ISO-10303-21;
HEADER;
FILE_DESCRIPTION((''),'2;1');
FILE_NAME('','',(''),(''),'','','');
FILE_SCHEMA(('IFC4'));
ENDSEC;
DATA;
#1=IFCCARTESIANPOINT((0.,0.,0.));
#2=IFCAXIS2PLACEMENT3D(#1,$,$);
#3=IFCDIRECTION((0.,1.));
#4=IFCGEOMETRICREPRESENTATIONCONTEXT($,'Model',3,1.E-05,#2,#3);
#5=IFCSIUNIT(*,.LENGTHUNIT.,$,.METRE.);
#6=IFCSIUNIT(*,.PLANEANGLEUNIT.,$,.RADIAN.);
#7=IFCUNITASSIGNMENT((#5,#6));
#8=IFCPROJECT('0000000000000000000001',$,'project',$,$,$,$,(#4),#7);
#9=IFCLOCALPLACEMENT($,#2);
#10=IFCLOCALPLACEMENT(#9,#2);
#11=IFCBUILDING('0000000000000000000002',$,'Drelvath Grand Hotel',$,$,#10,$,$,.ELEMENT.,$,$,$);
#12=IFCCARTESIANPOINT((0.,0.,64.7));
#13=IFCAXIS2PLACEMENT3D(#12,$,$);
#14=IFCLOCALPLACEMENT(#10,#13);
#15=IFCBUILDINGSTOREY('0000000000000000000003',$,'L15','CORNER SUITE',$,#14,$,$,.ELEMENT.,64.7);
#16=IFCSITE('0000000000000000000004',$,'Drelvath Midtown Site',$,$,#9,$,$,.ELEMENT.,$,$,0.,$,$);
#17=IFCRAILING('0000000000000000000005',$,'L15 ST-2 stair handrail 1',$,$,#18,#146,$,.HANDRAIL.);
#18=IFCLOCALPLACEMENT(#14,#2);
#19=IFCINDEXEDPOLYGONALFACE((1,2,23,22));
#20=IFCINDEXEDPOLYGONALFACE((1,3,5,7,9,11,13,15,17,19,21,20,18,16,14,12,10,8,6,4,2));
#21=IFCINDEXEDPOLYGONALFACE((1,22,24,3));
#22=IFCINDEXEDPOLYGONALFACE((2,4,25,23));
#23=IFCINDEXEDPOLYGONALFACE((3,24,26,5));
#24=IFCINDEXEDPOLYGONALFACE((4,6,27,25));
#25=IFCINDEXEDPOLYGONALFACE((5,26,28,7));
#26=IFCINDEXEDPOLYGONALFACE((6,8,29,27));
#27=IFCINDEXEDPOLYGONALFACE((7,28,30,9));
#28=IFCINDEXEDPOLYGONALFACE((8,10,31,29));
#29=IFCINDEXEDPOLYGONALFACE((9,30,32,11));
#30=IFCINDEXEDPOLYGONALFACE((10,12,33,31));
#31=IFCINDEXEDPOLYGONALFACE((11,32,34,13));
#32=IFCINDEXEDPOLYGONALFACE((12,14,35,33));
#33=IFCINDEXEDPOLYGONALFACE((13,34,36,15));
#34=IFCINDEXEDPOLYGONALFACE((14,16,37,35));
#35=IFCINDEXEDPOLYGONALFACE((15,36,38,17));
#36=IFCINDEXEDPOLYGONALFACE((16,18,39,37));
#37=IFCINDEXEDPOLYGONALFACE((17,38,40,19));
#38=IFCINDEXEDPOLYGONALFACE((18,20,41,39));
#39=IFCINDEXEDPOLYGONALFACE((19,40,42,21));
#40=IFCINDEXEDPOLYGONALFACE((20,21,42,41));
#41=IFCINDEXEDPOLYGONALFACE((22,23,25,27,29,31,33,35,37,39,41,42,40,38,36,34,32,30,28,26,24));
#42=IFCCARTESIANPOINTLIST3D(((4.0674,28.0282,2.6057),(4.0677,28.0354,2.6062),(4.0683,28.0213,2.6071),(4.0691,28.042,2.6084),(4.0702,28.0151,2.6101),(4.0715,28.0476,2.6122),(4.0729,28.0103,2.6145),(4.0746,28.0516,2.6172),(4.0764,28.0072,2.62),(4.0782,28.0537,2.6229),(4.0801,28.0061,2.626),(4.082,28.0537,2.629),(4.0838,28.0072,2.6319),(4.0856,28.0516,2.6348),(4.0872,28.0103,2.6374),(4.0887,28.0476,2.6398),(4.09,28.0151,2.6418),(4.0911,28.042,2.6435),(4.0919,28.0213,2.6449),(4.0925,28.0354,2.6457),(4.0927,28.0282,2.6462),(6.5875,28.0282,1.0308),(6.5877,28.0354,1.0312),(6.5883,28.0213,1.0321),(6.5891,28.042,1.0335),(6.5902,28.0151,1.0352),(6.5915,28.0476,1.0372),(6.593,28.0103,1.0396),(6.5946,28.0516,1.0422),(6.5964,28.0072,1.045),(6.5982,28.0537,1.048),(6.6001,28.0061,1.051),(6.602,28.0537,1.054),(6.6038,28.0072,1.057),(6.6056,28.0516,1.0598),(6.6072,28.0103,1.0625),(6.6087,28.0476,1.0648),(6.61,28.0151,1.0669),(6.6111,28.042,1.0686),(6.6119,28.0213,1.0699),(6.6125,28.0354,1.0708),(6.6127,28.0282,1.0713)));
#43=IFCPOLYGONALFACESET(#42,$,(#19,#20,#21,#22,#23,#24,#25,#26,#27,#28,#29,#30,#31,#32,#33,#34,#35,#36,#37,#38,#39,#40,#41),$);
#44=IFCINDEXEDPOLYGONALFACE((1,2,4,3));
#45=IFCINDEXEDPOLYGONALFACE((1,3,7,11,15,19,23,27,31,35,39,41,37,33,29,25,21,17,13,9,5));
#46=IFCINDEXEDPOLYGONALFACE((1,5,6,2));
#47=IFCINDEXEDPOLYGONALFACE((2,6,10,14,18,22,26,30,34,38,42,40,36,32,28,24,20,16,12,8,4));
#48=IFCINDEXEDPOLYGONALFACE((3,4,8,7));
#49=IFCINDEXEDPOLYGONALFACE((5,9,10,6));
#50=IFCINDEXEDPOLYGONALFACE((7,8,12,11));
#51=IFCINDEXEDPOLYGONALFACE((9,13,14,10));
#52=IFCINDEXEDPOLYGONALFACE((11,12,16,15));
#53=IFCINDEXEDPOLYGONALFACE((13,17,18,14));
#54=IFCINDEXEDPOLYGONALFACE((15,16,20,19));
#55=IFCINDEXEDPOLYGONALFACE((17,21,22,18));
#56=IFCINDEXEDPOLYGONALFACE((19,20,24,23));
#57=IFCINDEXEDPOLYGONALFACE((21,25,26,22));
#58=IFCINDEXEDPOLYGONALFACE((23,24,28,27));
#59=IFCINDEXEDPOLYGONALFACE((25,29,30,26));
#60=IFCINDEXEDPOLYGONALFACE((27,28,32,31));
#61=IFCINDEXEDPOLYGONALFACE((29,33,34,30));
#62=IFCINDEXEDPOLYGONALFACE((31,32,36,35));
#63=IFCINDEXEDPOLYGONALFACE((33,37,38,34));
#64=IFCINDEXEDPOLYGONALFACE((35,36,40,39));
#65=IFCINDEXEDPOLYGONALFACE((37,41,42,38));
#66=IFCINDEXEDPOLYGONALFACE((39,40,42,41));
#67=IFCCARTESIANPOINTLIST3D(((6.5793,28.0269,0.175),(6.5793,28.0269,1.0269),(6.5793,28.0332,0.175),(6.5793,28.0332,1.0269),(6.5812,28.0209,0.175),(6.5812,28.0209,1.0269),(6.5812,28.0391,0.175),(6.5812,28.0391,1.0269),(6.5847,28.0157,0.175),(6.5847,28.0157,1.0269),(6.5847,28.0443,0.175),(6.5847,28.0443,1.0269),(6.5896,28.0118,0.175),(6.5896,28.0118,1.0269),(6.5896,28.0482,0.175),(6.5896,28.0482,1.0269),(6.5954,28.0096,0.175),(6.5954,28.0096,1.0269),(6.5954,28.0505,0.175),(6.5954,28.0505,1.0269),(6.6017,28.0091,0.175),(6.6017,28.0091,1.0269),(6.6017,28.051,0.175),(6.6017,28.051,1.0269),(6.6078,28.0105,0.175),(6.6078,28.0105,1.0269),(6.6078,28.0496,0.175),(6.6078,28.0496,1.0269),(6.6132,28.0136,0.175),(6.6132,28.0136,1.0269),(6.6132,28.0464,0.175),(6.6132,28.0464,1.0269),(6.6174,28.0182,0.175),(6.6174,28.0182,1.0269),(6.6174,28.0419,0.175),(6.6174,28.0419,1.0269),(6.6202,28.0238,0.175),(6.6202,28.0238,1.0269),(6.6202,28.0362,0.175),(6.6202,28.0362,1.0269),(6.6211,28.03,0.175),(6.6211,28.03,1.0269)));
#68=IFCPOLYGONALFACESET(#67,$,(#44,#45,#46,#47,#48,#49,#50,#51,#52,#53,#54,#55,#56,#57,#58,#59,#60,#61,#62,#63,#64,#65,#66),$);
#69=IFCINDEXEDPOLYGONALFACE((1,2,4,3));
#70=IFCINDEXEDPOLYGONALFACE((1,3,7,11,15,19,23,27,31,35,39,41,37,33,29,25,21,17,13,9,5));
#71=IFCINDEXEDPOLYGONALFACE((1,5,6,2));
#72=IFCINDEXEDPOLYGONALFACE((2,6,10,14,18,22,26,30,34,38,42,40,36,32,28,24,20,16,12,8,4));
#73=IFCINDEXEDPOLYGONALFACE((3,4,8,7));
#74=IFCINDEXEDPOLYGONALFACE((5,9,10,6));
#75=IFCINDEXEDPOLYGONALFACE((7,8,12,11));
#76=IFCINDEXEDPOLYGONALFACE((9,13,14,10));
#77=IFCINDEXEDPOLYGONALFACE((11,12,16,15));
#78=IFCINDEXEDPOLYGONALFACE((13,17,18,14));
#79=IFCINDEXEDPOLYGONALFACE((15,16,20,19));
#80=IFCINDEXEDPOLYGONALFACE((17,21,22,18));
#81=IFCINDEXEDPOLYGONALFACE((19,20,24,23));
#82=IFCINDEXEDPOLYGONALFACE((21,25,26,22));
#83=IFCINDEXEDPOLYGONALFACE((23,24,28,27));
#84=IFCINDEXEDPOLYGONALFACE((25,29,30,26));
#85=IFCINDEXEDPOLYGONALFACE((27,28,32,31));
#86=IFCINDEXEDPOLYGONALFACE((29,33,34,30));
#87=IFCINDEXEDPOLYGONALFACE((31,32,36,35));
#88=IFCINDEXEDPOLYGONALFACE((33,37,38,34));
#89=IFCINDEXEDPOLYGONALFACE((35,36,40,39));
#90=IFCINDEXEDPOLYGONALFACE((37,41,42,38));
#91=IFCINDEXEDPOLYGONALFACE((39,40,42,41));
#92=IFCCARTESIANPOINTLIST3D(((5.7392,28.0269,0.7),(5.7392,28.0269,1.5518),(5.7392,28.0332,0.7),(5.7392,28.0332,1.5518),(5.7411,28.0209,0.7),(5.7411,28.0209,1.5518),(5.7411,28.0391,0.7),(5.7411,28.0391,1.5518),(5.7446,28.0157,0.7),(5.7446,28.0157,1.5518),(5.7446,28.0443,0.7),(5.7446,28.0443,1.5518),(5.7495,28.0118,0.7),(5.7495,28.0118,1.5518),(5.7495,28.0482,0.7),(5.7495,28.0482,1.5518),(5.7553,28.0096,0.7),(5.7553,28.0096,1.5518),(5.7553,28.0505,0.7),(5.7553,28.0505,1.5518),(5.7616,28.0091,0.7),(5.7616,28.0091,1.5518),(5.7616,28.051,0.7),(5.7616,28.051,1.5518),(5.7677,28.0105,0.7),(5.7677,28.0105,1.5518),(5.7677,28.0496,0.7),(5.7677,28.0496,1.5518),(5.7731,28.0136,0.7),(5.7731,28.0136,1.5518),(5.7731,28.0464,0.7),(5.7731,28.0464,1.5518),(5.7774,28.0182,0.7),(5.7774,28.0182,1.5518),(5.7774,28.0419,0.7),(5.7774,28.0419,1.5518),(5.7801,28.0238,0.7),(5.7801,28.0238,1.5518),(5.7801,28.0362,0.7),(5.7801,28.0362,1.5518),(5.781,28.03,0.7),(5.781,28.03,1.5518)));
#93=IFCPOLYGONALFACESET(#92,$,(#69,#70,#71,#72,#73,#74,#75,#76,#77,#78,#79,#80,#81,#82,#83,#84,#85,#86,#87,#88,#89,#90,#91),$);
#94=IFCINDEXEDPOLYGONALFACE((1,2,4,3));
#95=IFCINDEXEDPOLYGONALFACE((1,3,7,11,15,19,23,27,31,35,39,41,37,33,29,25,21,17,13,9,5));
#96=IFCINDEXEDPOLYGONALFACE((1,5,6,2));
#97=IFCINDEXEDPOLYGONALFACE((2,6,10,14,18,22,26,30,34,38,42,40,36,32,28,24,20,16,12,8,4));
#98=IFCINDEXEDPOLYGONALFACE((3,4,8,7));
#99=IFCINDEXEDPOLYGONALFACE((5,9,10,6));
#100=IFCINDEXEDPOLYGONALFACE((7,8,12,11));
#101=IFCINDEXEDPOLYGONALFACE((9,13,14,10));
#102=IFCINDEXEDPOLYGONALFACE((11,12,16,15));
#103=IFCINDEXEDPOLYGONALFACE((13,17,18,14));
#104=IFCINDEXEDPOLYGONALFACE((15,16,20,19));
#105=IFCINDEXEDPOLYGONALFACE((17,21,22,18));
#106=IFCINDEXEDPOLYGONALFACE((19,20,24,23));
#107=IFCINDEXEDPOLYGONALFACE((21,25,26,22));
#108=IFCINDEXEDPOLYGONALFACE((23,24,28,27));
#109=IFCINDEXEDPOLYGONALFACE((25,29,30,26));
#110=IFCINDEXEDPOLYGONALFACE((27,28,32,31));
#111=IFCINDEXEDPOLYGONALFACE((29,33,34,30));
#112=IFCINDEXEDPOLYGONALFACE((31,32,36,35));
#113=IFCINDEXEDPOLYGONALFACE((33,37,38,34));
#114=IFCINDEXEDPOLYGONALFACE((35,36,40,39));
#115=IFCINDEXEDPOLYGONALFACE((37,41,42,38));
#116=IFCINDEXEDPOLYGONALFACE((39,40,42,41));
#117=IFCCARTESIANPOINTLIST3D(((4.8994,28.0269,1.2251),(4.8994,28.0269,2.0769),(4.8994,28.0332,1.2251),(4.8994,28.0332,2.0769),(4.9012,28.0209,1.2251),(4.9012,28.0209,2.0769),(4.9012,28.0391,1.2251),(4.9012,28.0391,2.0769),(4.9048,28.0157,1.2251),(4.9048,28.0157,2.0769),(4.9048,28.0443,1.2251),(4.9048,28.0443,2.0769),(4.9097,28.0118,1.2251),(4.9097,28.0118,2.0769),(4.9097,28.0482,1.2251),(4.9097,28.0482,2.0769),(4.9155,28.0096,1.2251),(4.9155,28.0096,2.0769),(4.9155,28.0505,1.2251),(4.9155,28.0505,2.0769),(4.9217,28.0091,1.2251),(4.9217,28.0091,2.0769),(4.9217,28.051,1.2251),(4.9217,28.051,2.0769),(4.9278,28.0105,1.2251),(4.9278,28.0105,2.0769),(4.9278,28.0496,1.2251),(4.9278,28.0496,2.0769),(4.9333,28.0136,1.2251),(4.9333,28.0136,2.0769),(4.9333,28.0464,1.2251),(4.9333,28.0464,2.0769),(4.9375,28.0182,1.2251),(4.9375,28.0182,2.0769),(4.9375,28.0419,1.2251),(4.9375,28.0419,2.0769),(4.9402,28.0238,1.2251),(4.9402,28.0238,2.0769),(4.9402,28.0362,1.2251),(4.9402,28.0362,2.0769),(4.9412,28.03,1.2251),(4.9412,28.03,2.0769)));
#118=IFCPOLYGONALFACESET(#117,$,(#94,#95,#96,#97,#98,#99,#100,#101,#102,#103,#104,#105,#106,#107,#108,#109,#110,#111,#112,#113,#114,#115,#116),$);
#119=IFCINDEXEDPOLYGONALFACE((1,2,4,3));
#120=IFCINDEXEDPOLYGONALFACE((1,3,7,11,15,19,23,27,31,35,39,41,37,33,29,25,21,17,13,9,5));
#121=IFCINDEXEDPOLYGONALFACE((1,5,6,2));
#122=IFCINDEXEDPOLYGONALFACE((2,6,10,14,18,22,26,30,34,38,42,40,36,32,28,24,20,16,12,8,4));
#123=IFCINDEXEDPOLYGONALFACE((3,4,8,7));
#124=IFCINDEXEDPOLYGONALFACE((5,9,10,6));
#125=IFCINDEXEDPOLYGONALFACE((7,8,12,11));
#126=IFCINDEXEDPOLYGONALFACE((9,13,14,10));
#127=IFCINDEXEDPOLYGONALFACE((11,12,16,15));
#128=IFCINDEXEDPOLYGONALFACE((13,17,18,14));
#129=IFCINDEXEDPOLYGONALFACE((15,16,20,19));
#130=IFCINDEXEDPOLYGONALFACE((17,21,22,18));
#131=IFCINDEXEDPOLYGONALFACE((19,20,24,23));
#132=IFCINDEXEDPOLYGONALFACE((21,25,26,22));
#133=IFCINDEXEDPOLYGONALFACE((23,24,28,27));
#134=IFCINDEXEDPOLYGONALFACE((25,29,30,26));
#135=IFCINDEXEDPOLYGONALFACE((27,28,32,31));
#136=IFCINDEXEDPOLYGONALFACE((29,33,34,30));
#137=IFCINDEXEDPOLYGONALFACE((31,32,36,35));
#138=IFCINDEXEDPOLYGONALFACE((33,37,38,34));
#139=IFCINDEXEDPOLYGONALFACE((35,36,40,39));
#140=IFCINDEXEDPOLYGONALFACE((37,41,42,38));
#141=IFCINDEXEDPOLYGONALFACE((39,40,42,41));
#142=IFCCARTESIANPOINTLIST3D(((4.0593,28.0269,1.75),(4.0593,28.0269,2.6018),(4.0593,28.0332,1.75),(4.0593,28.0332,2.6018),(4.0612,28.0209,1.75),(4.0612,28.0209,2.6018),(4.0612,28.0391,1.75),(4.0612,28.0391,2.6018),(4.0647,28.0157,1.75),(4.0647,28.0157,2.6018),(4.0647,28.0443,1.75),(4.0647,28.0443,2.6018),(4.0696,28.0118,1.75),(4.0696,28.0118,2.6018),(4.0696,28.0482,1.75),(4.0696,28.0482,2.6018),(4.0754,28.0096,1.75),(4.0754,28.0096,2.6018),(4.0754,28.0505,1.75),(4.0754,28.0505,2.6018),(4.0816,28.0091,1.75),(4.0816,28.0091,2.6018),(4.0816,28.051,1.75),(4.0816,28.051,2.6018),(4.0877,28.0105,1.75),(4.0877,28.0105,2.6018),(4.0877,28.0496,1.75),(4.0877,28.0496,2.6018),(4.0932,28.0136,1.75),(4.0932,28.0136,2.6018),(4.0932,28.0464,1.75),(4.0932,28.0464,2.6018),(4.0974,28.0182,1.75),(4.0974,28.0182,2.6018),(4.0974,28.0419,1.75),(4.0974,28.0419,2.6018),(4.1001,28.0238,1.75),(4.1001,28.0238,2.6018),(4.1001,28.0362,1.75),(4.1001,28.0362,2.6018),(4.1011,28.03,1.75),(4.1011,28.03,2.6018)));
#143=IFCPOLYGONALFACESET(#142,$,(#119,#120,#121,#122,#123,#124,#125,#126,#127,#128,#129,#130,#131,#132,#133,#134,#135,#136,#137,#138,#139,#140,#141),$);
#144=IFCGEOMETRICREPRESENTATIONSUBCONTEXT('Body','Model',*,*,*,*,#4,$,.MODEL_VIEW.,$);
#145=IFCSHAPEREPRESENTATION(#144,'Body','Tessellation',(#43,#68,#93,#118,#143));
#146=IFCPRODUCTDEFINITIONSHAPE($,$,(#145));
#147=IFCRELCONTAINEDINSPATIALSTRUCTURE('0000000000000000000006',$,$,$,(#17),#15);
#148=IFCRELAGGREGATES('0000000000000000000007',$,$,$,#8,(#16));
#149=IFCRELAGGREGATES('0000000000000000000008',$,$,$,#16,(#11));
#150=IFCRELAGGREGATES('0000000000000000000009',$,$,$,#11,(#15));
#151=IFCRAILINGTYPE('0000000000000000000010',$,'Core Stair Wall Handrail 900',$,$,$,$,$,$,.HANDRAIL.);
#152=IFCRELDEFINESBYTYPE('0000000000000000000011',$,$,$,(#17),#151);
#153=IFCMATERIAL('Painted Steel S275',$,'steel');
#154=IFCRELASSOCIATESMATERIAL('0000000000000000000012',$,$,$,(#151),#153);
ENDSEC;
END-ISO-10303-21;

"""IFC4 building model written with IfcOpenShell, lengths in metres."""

from ifc_helpers import new_model, si_unit, direction, frame, origin, origin_2d, place, context, subcontext, project, spatial, circle, extrude, material, type_object, element, save


model = new_model("IFC4")

# Units and contexts
model_context = context("Model", 3, precision=1e-05, world=origin(), true_north=direction((0.0, 1.0)))
body_context = subcontext(model_context, "Body", "Model", "MODEL_VIEW")
ifc_project = project(units=[si_unit("LENGTHUNIT", "METRE"), si_unit("PLANEANGLEUNIT", "RADIAN")], contexts=[model_context])

# Site, building, storey
site_placement = place(None, origin())
site = spatial("IfcSite", under=ifc_project, at=site_placement, Name="Drelvath Midtown Site", CompositionType="ELEMENT", RefElevation=0.0)
building_placement = place(site_placement, origin())
building = spatial("IfcBuilding", under=site, at=building_placement, Name="Drelvath Grand Hotel", CompositionType="ELEMENT")
storey_placement = place(building_placement, frame((0.0, 0.0, 64.7)))
storey = spatial("IfcBuildingStorey", under=building, at=storey_placement, Name="L15", Description="CORNER SUITE", CompositionType="ELEMENT", Elevation=64.7)

# Shared definitions
ifc_material_1 = material(Name="Painted Steel S275", Category="steel")

# Railing
railing_type_1 = type_object("IfcRailingType", Name="Core Stair Wall Handrail 900", PredefinedType="HANDRAIL", material=ifc_material_1)
railing_1_placement = place(storey_placement, frame((6.6001, 28.03, 0.175)))
element("IfcRailing", 1, at=railing_1_placement, inside=storey, type_object=railing_type_1, Name="L15 ST-2 stair handrail 1", PredefinedType="HANDRAIL", context=body_context, shape_type="SweptSolid", body=[
    extrude(circle(Radius=0.0239, at=origin_2d()), frame((0.0, 0.0, 0.876), z_axis=(-0.848008, 0.0, 0.529984), x_axis=(0.0, -1.0, 0.0)), (0.0, 0.0, 1.0), 2.9717),
    extrude(circle(Radius=0.021, at=origin_2d()), origin(), (0.0, 0.0, 1.0), 0.8518),
    extrude(circle(Radius=0.021, at=origin_2d()), frame((-0.8401, 0.0, 0.5249)), (0.0, 0.0, 1.0), 0.8518),
    extrude(circle(Radius=0.021, at=origin_2d()), frame((-1.6799, 0.0, 1.05)), (0.0, 0.0, 1.0), 0.8518),
    extrude(circle(Radius=0.021, at=origin_2d()), frame((-2.52, 0.0, 1.575)), (0.0, 0.0, 1.0), 0.8518),
])

save(model, "model.ifc")
